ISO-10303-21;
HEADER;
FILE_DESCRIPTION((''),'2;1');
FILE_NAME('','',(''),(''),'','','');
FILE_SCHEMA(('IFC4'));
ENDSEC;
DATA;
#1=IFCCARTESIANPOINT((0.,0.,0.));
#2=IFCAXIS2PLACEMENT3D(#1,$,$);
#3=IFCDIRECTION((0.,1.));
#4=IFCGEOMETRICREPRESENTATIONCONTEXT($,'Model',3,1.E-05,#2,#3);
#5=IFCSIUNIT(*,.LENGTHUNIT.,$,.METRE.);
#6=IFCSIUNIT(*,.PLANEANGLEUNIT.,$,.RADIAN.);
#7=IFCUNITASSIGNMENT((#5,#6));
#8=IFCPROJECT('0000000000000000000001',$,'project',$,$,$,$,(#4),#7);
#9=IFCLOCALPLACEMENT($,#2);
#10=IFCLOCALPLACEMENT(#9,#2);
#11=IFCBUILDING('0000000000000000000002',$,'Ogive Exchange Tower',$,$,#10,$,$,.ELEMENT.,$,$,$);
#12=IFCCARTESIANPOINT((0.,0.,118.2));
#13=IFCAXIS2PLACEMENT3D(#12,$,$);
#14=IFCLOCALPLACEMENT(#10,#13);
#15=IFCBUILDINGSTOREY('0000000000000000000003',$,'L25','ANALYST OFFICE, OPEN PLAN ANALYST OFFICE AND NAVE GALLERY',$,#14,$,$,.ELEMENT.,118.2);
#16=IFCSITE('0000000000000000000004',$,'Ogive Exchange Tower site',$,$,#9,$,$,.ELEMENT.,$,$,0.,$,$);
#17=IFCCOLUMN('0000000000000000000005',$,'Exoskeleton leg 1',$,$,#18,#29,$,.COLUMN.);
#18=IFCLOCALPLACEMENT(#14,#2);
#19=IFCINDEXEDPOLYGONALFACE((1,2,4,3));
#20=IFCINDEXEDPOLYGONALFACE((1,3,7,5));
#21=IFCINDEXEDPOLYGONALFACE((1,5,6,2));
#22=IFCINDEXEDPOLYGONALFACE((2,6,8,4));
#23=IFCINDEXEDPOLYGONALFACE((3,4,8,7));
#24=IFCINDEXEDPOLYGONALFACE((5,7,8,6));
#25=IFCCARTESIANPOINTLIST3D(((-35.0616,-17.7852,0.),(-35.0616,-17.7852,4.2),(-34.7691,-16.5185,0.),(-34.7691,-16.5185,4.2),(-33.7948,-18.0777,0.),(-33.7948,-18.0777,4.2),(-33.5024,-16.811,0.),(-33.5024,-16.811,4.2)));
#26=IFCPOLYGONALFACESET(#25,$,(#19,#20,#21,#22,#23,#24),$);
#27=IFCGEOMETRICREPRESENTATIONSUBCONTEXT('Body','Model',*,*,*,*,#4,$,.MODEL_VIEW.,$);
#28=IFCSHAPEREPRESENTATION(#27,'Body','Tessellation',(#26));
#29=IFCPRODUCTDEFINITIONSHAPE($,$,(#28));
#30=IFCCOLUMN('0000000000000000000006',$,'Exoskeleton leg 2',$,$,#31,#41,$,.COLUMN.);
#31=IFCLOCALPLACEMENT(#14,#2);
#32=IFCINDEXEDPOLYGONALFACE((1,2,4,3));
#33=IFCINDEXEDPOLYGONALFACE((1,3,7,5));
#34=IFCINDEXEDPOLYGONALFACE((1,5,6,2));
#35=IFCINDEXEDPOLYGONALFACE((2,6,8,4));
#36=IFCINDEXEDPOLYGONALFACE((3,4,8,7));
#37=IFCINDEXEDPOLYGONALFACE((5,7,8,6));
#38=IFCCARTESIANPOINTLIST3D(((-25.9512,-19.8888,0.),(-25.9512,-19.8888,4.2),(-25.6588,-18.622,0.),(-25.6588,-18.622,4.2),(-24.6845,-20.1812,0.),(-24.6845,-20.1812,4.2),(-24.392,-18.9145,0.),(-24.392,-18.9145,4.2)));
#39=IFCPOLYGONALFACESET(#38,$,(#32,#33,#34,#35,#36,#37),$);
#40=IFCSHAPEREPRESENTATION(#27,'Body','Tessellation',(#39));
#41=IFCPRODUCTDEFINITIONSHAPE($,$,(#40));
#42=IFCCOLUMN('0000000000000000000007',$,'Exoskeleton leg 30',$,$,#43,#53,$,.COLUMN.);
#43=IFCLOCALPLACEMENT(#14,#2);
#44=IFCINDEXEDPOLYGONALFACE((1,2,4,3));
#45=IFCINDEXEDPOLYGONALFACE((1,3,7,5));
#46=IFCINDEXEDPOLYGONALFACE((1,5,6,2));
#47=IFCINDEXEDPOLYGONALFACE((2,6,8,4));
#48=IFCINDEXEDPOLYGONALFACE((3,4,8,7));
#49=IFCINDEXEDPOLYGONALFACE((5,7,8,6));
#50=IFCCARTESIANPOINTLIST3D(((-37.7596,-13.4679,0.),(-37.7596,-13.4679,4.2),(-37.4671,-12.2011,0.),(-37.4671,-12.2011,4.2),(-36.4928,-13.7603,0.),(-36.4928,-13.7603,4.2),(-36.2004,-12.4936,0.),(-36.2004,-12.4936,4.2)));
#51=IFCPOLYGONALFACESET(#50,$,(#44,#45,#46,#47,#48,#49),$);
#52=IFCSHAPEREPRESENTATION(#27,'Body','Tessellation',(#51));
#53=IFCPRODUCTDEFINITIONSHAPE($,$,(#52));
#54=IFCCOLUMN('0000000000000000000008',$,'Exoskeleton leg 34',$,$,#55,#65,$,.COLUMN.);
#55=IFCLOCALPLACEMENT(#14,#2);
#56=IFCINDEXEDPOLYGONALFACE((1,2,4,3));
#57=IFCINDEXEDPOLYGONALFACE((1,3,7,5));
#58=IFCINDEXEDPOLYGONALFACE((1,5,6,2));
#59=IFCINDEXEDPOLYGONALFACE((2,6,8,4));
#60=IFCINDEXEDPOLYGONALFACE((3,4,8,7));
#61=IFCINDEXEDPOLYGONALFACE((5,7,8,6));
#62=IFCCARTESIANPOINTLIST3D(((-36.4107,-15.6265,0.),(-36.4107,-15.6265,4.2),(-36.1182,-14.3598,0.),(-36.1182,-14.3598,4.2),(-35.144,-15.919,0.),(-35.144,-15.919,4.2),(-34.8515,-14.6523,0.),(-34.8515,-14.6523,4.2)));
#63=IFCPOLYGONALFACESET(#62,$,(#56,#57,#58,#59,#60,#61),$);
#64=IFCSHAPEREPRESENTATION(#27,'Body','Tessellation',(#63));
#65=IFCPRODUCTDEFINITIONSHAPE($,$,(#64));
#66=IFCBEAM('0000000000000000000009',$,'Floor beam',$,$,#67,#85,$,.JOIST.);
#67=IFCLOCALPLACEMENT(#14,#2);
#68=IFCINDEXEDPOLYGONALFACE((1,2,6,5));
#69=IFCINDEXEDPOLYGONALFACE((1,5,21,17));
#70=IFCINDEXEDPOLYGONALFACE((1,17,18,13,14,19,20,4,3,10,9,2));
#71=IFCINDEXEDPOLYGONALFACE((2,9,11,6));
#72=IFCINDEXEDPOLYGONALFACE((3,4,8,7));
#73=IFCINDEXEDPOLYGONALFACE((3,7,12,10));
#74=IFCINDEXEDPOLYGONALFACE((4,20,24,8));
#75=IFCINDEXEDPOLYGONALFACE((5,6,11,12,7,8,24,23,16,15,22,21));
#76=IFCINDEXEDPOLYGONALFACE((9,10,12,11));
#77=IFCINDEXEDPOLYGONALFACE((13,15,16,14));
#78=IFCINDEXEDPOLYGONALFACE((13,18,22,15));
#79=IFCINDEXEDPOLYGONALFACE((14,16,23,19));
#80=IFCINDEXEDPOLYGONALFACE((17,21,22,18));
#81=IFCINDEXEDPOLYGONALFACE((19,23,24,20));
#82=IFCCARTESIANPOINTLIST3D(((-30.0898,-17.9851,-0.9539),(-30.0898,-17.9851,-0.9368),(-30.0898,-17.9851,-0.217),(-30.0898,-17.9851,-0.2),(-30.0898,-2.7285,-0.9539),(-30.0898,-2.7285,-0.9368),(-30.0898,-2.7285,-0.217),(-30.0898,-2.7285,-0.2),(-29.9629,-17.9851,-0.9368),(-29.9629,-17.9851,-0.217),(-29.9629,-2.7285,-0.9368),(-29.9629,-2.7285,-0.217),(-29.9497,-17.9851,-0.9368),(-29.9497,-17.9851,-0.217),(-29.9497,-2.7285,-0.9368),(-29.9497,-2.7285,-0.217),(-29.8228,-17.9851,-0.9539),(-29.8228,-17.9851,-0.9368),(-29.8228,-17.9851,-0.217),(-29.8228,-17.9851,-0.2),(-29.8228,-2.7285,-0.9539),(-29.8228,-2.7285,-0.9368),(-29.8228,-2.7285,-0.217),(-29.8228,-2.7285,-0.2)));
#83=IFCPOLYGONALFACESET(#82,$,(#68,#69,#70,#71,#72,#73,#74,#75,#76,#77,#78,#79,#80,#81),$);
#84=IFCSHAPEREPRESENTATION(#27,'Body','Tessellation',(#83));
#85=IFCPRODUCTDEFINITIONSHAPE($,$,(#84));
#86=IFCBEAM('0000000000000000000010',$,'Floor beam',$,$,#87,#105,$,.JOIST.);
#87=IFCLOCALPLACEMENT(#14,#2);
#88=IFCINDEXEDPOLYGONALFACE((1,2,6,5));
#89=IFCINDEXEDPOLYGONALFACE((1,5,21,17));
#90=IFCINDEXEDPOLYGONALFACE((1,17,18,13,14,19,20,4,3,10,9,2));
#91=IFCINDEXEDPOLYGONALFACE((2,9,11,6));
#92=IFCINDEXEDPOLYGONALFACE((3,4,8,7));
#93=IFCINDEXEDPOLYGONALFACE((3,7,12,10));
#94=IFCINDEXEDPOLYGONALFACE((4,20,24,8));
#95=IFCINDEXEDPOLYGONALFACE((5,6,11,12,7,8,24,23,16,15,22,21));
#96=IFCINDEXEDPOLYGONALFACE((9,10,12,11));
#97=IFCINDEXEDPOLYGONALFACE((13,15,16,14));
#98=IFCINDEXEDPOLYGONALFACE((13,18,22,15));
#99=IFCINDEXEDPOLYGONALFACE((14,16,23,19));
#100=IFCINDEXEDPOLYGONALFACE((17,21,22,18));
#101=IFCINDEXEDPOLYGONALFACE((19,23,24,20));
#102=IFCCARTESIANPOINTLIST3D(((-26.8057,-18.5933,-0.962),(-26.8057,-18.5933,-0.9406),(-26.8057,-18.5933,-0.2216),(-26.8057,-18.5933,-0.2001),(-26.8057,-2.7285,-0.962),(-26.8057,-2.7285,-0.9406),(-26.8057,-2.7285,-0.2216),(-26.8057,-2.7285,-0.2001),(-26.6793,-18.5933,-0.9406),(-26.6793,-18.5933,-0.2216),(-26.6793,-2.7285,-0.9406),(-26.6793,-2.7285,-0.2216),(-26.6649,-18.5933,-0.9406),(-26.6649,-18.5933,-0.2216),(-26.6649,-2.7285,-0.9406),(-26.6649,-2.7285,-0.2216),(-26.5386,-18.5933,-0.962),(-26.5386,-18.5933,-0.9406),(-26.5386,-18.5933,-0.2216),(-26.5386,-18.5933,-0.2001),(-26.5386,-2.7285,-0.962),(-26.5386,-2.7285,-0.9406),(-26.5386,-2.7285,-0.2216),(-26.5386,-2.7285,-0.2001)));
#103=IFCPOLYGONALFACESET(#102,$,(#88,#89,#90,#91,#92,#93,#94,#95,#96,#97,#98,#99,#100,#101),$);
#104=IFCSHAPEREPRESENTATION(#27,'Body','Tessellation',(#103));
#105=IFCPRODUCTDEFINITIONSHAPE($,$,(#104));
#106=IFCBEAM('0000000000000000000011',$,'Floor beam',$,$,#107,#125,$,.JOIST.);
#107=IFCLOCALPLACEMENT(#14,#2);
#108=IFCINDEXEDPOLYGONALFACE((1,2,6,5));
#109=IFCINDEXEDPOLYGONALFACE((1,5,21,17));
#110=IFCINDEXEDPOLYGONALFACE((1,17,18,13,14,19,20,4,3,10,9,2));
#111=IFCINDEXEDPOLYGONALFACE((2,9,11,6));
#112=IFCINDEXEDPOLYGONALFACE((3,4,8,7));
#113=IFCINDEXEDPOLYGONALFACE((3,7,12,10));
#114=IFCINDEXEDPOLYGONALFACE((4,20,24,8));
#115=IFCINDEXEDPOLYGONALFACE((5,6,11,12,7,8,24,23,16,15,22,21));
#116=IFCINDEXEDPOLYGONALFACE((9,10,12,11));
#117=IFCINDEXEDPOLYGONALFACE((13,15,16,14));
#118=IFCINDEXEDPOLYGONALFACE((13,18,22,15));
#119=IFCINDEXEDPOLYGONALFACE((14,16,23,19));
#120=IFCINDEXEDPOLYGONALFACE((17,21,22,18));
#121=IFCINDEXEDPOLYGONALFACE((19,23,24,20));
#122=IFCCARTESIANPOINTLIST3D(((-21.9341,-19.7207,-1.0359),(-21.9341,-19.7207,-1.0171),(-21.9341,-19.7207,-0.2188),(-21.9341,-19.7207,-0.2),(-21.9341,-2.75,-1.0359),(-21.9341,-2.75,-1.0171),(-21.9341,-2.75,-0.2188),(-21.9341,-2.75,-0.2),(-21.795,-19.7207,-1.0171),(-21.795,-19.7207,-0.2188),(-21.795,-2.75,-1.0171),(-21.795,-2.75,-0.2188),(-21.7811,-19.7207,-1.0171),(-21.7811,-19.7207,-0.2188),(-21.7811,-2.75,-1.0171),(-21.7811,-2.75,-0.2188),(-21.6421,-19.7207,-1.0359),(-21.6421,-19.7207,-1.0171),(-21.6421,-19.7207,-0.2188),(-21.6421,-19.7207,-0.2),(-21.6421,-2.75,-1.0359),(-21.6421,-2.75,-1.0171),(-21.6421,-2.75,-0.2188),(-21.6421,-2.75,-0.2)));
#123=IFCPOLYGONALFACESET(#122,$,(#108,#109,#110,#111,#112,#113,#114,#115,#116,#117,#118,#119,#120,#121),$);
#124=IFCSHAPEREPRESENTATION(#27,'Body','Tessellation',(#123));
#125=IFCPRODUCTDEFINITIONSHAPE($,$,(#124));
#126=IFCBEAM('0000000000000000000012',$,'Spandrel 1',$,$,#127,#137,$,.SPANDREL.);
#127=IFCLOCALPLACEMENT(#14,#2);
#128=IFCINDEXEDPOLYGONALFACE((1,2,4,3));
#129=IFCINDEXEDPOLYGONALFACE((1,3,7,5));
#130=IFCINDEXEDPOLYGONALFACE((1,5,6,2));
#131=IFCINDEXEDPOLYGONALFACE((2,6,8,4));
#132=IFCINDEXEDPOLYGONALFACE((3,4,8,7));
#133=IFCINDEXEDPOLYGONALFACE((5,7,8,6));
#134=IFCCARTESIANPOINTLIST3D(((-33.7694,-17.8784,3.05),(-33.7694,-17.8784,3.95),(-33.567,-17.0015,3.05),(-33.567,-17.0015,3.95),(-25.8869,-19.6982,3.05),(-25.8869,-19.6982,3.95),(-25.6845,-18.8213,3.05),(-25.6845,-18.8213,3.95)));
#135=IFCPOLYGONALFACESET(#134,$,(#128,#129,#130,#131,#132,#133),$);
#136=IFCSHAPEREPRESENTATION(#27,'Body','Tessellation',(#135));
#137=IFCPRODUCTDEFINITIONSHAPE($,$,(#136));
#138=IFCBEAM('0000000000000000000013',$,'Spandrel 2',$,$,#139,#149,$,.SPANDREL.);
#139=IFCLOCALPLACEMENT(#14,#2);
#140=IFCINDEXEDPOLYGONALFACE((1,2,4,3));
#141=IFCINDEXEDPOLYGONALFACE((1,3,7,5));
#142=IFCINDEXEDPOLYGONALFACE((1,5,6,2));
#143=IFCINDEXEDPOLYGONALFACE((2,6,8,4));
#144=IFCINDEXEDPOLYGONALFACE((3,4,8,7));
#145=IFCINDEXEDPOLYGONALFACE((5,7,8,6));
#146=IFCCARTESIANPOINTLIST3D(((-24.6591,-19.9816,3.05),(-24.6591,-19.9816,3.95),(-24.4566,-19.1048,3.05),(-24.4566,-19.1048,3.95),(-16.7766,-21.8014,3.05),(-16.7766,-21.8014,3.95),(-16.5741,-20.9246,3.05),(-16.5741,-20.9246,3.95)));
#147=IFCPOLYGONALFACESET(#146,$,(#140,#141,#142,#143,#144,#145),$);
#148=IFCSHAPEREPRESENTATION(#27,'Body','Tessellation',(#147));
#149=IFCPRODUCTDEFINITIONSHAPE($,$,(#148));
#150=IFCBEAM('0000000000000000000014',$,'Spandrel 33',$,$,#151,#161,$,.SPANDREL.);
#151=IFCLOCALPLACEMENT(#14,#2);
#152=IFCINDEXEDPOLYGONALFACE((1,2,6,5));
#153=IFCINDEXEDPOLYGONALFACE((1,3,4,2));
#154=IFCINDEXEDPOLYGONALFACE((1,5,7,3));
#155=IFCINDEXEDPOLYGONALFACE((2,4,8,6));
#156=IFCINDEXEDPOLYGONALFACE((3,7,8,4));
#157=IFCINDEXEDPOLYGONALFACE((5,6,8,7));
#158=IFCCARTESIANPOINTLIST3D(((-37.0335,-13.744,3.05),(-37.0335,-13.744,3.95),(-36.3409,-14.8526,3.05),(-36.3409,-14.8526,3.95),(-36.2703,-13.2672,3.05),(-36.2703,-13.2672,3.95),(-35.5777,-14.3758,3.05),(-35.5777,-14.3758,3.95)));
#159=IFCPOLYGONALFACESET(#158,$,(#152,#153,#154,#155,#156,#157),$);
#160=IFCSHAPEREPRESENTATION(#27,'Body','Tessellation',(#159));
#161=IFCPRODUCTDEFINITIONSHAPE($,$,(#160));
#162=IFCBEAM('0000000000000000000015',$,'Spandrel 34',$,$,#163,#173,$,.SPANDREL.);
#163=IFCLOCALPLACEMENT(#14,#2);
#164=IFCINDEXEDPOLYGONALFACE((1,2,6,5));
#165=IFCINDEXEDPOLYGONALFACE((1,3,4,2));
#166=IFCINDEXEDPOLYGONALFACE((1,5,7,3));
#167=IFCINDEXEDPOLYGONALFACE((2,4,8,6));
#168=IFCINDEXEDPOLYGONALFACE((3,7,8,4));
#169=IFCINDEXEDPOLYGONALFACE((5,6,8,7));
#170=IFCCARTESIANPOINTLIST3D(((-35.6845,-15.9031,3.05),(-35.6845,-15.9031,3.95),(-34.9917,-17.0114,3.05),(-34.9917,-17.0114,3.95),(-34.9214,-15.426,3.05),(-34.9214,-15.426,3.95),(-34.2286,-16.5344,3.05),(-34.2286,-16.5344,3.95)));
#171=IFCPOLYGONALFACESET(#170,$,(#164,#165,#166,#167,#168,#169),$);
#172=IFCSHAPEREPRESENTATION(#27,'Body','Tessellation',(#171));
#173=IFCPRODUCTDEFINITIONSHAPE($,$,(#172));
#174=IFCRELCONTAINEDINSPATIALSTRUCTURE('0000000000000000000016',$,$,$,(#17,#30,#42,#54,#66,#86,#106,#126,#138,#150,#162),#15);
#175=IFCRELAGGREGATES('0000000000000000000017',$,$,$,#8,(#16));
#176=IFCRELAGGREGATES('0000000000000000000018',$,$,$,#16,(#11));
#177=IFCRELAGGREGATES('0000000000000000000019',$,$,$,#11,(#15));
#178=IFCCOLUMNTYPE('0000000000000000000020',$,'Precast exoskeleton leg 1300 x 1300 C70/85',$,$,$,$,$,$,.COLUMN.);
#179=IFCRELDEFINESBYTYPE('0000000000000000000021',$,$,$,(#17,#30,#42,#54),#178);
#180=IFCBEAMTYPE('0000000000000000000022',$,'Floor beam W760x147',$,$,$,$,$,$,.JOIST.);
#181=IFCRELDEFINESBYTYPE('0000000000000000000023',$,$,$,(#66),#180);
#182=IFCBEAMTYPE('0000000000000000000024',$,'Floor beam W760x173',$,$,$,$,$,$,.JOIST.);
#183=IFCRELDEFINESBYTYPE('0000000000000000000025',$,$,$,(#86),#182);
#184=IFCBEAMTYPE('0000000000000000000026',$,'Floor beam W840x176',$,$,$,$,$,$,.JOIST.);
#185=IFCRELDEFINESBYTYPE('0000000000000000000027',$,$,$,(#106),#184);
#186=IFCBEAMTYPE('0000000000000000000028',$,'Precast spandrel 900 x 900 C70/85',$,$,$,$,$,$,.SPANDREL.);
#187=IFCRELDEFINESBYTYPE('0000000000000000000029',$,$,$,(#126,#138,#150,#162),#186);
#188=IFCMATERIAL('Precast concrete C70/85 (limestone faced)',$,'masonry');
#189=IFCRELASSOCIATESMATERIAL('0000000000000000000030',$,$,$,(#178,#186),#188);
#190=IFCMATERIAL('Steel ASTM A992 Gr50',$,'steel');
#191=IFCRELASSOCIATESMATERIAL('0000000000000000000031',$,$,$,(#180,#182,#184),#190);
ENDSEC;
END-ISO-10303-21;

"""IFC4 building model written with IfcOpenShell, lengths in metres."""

from ifc_helpers import new_model, si_unit, direction, frame, origin, origin_2d, place, context, subcontext, project, spatial, rectangle, i_section, extrude, material, material_profile, profile_set, type_object, element, save


model = new_model("IFC4")

# Units and contexts
model_context = context("Model", 3, precision=1e-05, world=origin(), true_north=direction((0.0, 1.0)))
body_context = subcontext(model_context, "Body", "Model", "MODEL_VIEW")
ifc_project = project(units=[si_unit("LENGTHUNIT", "METRE"), si_unit("PLANEANGLEUNIT", "RADIAN")], contexts=[model_context])

# Site, building, storey
site_placement = place(None, origin())
site = spatial("IfcSite", under=ifc_project, at=site_placement, Name="Ogive Exchange Tower site", CompositionType="ELEMENT", RefElevation=0.0)
building_placement = place(site_placement, origin())
building = spatial("IfcBuilding", under=site, at=building_placement, Name="Ogive Exchange Tower", CompositionType="ELEMENT")
storey_placement = place(building_placement, frame((0.0, 0.0, 118.2)))
storey = spatial("IfcBuildingStorey", under=building, at=storey_placement, Name="L25", Description="ANALYST OFFICE, OPEN PLAN ANALYST OFFICE AND NAVE GALLERY", CompositionType="ELEMENT", Elevation=118.2)

# Columns
ifc_material_1 = material(Name="Precast concrete C70/85 (limestone faced)", Category="masonry")
ifc_material_profile_1 = material_profile(ifc_material_1, rectangle(XDim=1.3, YDim=1.3, at=origin_2d()), Name="1300 x 1300")
ifc_profile_set_1 = profile_set([ifc_material_profile_1], Name="Precast concrete C70/85 (limestone faced)")
column_type = type_object("IfcColumnType", Name="Precast exoskeleton leg 1300 x 1300 C70/85", PredefinedType="COLUMN", material=ifc_profile_set_1)
for number, where, z_axis, x_axis, name in (
    (1, (-34.282, -17.2981, 0.0), (0.0, 0.0, 1.0), (0.97437, -0.224951, 0.0), "Exoskeleton leg 1"),
    (2, (-25.1716, -19.4016, 0.0), (0.0, 0.0, 1.0), (0.97437, -0.224951, 0.0), "Exoskeleton leg 2"),
    (3, (-36.98, -12.9807, 0.0), (0.0, 0.0, 1.0), (0.97437, -0.224951, 0.0), "Exoskeleton leg 30"),
    (4, (-35.6311, -15.1394, 0.0), (0.0, 0.0, 1.0), (0.97437, -0.224951, 0.0), "Exoskeleton leg 34"),
):
    element("IfcColumn", number, at=place(storey_placement, frame(where, z_axis=z_axis, x_axis=x_axis)), inside=storey, type_object=column_type, Name=name, PredefinedType="COLUMN", context=body_context, shape_type="SweptSolid", body=[
        extrude(rectangle(XDim=1.3, YDim=1.3, at=origin_2d()), origin(), (0.0, 0.0, 1.0), 4.2),
    ])

# Beams
ifc_material_2 = material(Name="Steel ASTM A992 Gr50", Category="steel")
ifc_material_profile_2 = material_profile(ifc_material_2, i_section(OverallWidth=0.2671, OverallDepth=0.7539, WebThickness=0.0132, FlangeThickness=0.0171, at=origin_2d()), Name="W760x147")
ifc_profile_set_2 = profile_set([ifc_material_profile_2], Name="Steel ASTM A992 Gr50")
beam_type_1 = type_object("IfcBeamType", Name="Floor beam W760x147", PredefinedType="JOIST", material=ifc_profile_set_2)
beam_1_placement = place(storey_placement, frame((-29.9563, -17.9851, -0.5769), z_axis=(0.0, 1.0, 0.0), x_axis=(-1.0, 0.0, 0.0)))
element("IfcBeam", 5, at=beam_1_placement, inside=storey, type_object=beam_type_1, Name="Floor beam", PredefinedType="JOIST", context=body_context, shape_type="SweptSolid", body=[
    extrude(i_section(OverallWidth=0.2671, OverallDepth=0.7539, WebThickness=0.0132, FlangeThickness=0.0171, at=origin_2d()), origin(), (0.0, 0.0, 1.0), 15.2566),
])
ifc_material_profile_3 = material_profile(ifc_material_2, i_section(OverallWidth=0.2671, OverallDepth=0.762, WebThickness=0.0144, FlangeThickness=0.0215, at=origin_2d()), Name="W760x173")
ifc_profile_set_3 = profile_set([ifc_material_profile_3], Name="Steel ASTM A992 Gr50")
beam_type_2 = type_object("IfcBeamType", Name="Floor beam W760x173", PredefinedType="JOIST", material=ifc_profile_set_3)
beam_2_placement = place(storey_placement, frame((-26.6721, -18.5933, -0.5811), z_axis=(0.0, 1.0, 0.0), x_axis=(-1.0, 0.0, 0.0)))
element("IfcBeam", 6, at=beam_2_placement, inside=storey, type_object=beam_type_2, Name="Floor beam", PredefinedType="JOIST", context=body_context, shape_type="SweptSolid", body=[
    extrude(i_section(OverallWidth=0.2671, OverallDepth=0.762, WebThickness=0.0144, FlangeThickness=0.0215, at=origin_2d()), origin(), (0.0, 0.0, 1.0), 15.8647),
])
ifc_material_profile_4 = material_profile(ifc_material_2, i_section(OverallWidth=0.292, OverallDepth=0.8359, WebThickness=0.0139, FlangeThickness=0.0188, at=origin_2d()), Name="W840x176")
ifc_profile_set_4 = profile_set([ifc_material_profile_4], Name="Steel ASTM A992 Gr50")
beam_type_3 = type_object("IfcBeamType", Name="Floor beam W840x176", PredefinedType="JOIST", material=ifc_profile_set_4)
beam_3_placement = place(storey_placement, frame((-21.7881, -19.7207, -0.6179), z_axis=(0.0, 1.0, 0.0), x_axis=(-1.0, 0.0, 0.0)))
element("IfcBeam", 7, at=beam_3_placement, inside=storey, type_object=beam_type_3, Name="Floor beam", PredefinedType="JOIST", context=body_context, shape_type="SweptSolid", body=[
    extrude(i_section(OverallWidth=0.292, OverallDepth=0.8359, WebThickness=0.0139, FlangeThickness=0.0188, at=origin_2d()), origin(), (0.0, 0.0, 1.0), 16.9707),
])
ifc_material_profile_5 = material_profile(ifc_material_1, rectangle(XDim=0.8999, YDim=0.8999, at=origin_2d()), Name="900 x 900")
ifc_profile_set_5 = profile_set([ifc_material_profile_5], Name="Precast concrete C70/85 (limestone faced)")
beam_type_4 = type_object("IfcBeamType", Name="Precast spandrel 900 x 900 C70/85", PredefinedType="SPANDREL", material=ifc_profile_set_5)
for number, where, z_axis, x_axis, name in (
    (8, (-33.6682, -17.4399, 3.5), (0.97437, -0.22495, 0.0), (0.22495, 0.97437, 0.0), "Spandrel 1"),
    (9, (-24.5579, -19.5432, 3.5), (0.97437, -0.22495, 0.0), (0.22495, 0.97437, 0.0), "Spandrel 2"),
):
    element("IfcBeam", number, at=place(storey_placement, frame(where, z_axis=z_axis, x_axis=x_axis)), inside=storey, type_object=beam_type_4, Name=name, PredefinedType="SPANDREL", context=body_context, shape_type="SweptSolid", body=[
        extrude(rectangle(XDim=0.8999, YDim=0.8999, at=origin_2d()), origin(), (0.0, 0.0, 1.0), 8.0898),
    ])
for number, where, z_axis, x_axis, name in (
    (10, (-36.6519, -13.5056, 3.5), (0.529848, -0.848093, 0.0), (0.848093, 0.529848, 0.0), "Spandrel 33"),
    (11, (-35.303, -15.6646, 3.5), (0.530066, -0.847956, 0.0), (0.847956, 0.530066, 0.0), "Spandrel 34"),
):
    element("IfcBeam", number, at=place(storey_placement, frame(where, z_axis=z_axis, x_axis=x_axis)), inside=storey, type_object=beam_type_4, Name=name, PredefinedType="SPANDREL", context=body_context, shape_type="SweptSolid", body=[
        extrude(rectangle(XDim=0.8999, YDim=0.8999, at=origin_2d()), origin(), (0.0, 0.0, 1.0), 1.3071),
    ])

save(model, "model.ifc")
